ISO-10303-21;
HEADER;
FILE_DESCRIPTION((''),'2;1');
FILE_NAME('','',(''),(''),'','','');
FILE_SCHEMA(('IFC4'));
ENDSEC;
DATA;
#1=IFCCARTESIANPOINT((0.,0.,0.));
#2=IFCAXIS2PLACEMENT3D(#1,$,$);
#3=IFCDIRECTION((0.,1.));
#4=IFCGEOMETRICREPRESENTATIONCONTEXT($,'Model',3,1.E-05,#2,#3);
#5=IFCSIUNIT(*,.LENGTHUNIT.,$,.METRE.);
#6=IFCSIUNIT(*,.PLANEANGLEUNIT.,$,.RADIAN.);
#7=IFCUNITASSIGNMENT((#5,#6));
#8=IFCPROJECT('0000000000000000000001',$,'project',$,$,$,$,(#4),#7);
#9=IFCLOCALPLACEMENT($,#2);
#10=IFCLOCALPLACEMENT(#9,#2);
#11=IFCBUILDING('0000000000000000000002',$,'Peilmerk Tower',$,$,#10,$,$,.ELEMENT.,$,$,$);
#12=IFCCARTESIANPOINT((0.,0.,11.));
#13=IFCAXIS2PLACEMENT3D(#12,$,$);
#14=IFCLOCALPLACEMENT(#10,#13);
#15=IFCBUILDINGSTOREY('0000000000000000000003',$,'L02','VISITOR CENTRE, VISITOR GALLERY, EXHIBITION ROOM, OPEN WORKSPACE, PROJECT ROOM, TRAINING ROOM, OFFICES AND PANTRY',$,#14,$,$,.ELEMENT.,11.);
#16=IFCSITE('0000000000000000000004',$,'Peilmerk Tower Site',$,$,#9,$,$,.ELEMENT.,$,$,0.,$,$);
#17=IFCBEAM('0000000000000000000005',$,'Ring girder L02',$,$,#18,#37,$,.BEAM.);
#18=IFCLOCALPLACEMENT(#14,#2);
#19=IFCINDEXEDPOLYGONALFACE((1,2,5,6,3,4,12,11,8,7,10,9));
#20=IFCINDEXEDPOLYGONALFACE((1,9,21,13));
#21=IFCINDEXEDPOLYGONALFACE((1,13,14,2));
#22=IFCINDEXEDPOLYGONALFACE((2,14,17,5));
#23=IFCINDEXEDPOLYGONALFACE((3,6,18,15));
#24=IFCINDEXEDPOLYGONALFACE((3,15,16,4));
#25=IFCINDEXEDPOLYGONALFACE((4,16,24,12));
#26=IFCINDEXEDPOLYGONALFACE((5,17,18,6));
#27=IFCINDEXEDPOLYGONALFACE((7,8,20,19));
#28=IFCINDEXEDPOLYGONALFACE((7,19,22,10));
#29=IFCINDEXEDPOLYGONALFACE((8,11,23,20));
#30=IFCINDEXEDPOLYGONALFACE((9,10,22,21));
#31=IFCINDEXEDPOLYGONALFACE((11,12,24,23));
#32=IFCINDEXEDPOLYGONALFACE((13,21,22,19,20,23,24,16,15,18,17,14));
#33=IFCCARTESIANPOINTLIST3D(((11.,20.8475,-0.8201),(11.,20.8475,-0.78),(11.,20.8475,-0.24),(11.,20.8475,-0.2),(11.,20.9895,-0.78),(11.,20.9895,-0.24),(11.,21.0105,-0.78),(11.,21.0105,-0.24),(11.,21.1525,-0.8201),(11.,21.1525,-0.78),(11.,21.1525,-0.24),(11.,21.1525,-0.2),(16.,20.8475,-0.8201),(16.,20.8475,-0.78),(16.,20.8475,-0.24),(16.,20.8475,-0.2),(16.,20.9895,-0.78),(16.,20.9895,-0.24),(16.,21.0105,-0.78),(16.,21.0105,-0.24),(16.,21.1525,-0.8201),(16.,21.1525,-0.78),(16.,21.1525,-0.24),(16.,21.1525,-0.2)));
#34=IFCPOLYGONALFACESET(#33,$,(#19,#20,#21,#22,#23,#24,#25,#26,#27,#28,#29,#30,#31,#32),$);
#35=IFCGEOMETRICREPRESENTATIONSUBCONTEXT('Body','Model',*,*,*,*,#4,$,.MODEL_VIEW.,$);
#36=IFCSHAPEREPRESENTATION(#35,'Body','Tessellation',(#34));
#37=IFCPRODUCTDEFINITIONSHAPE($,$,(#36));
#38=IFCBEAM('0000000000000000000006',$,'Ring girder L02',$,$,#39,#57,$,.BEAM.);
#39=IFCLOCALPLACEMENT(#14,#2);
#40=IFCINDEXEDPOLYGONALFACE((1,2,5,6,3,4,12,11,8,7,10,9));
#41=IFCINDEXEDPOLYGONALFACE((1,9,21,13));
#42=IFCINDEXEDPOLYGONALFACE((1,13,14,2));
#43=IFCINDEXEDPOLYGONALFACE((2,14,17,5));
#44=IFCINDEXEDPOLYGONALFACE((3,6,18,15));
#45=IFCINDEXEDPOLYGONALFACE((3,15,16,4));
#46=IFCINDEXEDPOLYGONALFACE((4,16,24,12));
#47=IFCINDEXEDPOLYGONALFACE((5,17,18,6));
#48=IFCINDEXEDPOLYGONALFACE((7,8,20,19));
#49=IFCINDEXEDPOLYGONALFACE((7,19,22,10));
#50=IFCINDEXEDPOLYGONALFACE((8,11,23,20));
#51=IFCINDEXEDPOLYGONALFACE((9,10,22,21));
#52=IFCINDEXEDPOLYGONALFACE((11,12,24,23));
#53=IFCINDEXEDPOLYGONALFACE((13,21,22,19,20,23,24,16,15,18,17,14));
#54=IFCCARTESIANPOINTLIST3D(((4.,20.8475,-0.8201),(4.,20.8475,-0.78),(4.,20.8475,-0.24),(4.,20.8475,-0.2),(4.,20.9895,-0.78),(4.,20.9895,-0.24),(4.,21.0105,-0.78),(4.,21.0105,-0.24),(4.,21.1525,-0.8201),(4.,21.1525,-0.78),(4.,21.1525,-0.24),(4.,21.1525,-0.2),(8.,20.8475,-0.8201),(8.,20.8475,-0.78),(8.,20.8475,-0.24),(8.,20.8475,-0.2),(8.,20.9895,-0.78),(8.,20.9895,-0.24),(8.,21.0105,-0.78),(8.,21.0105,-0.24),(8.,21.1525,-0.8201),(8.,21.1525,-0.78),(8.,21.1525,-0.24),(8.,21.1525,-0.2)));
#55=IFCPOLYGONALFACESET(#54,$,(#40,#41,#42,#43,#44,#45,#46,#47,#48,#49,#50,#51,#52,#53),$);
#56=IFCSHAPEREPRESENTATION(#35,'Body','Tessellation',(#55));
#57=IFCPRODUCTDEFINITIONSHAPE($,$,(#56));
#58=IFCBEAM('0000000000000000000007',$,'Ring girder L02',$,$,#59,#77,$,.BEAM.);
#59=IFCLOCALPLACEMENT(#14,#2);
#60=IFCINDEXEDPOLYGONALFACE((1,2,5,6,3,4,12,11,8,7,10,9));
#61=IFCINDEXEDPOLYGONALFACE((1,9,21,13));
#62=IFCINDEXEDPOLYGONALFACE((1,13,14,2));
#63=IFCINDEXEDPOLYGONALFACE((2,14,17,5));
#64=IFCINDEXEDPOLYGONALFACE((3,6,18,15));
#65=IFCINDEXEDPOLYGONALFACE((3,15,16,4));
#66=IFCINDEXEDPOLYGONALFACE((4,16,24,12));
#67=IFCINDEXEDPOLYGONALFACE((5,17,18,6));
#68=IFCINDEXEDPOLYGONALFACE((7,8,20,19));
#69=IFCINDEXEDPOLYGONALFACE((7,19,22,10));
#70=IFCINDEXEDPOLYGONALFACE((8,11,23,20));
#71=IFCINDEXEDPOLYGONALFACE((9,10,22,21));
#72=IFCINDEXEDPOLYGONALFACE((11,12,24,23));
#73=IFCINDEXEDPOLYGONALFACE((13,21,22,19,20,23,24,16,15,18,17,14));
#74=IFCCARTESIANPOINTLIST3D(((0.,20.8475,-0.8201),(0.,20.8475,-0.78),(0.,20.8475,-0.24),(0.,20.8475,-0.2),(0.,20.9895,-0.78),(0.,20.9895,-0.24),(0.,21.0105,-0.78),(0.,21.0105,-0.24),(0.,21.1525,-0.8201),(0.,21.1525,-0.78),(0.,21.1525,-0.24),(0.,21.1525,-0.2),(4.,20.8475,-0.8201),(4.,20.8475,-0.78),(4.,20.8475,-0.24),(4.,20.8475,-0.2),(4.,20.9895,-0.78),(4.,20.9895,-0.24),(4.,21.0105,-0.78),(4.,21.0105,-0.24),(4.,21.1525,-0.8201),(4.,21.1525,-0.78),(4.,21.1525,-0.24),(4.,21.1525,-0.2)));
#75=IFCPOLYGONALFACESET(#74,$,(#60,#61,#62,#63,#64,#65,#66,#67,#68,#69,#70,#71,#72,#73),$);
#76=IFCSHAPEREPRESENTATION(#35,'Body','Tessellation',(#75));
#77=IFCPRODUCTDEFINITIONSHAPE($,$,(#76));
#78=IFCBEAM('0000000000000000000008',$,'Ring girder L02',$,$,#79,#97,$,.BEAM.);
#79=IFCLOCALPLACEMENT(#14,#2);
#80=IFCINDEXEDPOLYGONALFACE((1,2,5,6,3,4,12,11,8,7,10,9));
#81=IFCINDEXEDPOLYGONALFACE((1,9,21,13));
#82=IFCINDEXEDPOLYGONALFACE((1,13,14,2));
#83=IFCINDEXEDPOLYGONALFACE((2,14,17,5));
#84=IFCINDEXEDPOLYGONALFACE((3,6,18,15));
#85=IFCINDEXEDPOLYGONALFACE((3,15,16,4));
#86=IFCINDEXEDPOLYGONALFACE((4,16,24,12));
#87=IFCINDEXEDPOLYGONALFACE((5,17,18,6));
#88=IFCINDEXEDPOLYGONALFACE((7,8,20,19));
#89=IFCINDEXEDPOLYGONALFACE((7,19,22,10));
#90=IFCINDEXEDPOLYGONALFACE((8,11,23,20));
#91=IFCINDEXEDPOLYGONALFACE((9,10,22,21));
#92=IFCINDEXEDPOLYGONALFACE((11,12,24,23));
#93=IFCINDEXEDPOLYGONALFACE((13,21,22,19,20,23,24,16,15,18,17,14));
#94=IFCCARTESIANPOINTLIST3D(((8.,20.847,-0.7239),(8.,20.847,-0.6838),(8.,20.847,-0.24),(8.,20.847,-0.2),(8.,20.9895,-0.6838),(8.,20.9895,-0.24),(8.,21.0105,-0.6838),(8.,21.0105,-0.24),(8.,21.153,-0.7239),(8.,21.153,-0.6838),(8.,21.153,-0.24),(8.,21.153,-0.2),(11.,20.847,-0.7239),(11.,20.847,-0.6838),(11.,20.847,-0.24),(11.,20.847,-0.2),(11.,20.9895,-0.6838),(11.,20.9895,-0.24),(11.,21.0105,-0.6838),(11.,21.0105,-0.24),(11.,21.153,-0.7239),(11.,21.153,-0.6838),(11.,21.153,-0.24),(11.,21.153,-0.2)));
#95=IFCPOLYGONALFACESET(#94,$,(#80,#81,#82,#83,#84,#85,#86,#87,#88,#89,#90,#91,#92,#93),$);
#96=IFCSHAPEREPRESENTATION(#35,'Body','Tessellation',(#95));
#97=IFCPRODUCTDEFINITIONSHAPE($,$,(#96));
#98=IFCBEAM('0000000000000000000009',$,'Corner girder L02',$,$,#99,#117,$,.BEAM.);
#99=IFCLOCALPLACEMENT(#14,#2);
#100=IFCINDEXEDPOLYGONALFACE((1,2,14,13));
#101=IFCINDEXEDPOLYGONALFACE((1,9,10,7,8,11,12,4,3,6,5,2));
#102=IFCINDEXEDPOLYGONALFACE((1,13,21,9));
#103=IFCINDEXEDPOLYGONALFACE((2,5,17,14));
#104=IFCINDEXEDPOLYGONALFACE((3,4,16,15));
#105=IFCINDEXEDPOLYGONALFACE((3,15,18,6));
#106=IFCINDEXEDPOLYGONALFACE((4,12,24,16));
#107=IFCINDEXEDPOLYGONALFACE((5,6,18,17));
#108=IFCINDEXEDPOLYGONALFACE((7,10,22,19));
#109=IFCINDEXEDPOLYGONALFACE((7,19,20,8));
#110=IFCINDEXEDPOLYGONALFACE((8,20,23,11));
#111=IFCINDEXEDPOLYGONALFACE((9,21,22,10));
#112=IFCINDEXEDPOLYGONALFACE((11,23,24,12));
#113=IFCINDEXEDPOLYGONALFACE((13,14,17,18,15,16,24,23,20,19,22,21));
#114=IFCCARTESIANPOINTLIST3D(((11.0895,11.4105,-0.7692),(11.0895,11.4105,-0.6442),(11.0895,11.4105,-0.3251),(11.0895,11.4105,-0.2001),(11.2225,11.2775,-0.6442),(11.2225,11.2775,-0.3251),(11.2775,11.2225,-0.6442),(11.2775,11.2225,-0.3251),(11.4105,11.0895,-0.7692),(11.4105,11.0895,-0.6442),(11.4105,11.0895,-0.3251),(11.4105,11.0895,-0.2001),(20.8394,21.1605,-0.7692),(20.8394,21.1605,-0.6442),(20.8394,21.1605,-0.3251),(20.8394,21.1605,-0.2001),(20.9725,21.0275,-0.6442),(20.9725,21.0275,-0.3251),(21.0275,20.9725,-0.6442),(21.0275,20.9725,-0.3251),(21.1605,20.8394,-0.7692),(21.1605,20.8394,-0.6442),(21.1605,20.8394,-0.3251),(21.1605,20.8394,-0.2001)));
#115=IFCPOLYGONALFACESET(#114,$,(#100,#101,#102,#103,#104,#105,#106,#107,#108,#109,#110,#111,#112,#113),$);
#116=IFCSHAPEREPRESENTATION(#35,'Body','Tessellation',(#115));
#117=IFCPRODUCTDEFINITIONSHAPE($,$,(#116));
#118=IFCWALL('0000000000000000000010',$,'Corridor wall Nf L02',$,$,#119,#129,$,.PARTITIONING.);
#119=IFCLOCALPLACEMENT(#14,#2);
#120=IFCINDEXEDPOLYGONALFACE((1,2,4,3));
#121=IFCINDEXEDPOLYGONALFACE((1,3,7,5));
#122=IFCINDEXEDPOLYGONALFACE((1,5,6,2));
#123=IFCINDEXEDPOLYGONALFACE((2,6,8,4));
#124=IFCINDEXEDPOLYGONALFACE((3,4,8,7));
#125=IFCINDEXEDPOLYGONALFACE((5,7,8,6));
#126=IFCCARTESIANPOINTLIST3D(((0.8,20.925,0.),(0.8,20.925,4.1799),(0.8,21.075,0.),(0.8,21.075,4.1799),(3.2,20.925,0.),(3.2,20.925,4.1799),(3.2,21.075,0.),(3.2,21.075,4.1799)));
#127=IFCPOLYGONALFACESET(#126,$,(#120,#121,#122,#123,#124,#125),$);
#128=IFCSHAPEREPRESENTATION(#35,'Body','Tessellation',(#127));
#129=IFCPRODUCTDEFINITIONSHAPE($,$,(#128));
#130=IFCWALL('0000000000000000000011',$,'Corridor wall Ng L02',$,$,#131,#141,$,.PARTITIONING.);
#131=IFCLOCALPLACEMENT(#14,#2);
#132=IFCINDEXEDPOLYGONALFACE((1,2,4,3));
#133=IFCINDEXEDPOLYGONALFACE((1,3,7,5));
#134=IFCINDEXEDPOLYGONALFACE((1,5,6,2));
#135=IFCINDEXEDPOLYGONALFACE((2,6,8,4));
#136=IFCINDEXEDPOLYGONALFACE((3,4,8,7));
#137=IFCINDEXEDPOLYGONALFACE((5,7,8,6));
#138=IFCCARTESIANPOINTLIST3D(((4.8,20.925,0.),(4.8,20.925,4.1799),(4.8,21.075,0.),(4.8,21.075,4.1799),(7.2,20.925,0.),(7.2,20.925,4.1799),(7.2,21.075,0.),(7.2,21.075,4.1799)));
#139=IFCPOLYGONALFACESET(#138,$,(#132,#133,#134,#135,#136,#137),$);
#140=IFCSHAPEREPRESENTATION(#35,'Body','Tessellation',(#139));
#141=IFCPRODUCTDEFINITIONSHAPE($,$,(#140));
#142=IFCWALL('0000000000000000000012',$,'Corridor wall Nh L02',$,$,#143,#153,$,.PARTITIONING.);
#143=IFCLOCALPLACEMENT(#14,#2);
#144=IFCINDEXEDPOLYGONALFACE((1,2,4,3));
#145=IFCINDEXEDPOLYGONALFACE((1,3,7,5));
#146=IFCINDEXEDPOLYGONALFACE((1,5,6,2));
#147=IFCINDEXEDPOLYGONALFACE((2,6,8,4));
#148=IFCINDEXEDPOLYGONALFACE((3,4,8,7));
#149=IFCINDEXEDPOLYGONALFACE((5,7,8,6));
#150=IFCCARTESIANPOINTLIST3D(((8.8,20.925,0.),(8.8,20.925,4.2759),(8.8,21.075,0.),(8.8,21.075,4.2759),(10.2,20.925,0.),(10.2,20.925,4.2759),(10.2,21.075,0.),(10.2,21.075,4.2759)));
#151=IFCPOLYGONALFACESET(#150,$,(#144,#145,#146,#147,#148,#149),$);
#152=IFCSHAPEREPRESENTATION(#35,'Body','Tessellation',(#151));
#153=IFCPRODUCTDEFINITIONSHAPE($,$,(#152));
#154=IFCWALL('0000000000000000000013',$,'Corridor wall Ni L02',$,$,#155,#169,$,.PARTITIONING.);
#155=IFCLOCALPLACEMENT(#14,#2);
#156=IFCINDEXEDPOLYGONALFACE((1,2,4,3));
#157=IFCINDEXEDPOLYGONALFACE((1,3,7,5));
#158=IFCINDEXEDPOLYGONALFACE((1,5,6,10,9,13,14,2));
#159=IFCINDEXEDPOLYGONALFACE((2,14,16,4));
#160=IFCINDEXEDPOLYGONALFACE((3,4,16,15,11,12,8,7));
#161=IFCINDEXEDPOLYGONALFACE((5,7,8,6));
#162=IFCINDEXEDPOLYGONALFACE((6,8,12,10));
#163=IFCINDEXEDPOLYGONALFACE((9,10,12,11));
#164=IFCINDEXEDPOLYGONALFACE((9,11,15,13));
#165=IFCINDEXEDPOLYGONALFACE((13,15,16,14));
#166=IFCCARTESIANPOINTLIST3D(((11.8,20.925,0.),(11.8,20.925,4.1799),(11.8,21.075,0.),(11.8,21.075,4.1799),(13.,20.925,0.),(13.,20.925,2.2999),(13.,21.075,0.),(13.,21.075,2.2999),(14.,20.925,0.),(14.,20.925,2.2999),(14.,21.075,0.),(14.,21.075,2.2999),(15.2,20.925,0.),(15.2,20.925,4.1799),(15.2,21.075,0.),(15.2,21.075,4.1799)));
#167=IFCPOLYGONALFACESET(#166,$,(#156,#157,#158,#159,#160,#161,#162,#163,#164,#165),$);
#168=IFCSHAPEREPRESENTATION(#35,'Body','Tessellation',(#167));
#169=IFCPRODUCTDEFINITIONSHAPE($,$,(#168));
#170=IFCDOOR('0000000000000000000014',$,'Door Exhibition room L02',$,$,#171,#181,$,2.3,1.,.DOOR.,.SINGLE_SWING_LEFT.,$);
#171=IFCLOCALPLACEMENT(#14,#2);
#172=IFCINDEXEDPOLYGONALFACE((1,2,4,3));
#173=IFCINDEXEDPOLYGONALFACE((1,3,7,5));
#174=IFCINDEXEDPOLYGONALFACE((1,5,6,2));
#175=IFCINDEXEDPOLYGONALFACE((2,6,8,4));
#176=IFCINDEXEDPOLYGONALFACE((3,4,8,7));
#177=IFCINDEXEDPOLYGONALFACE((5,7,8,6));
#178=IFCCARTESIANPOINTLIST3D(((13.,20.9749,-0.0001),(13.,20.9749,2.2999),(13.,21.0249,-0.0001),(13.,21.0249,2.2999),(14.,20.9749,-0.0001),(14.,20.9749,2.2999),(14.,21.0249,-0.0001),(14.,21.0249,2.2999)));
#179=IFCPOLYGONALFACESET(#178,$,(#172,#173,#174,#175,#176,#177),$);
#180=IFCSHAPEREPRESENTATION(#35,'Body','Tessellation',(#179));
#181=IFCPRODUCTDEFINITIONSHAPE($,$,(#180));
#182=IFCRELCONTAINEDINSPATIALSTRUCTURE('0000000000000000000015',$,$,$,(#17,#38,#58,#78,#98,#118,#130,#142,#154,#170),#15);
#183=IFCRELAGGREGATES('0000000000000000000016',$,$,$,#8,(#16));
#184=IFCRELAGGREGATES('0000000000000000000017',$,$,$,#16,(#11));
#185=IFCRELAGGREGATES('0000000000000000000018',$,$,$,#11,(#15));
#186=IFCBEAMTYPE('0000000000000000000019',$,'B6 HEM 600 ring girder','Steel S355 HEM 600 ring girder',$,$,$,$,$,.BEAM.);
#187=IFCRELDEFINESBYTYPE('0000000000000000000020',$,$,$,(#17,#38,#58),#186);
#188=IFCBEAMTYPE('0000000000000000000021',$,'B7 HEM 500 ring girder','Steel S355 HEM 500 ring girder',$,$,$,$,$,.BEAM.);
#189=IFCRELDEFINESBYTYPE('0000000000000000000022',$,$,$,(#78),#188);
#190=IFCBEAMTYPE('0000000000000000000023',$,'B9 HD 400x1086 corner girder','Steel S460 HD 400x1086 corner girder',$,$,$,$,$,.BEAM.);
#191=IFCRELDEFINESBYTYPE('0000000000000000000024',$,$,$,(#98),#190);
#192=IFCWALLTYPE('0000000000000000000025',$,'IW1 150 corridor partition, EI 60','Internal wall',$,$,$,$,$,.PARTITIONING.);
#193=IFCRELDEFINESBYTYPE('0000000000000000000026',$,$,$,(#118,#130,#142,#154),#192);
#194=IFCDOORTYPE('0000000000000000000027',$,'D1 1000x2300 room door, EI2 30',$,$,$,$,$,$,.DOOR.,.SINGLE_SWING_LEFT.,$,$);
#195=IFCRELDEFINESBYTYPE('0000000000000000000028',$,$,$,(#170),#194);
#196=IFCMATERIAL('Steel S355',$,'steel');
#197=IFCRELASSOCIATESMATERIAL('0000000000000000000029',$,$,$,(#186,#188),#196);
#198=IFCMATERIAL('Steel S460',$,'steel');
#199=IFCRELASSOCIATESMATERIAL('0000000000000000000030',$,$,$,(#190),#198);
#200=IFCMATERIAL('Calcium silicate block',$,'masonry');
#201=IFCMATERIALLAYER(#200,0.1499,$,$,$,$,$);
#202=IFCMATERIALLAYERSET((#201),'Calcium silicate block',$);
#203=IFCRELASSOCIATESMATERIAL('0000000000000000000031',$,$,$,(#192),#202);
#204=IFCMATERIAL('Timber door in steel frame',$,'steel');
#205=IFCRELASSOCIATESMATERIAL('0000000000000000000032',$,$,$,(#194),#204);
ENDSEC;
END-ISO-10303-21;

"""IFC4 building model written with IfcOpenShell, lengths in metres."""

from ifc_helpers import new_model, si_unit, direction, frame, frame_2d, origin, origin_2d, place, context, subcontext, project, spatial, rectangle, i_section, extrude, material, layer, layer_set, material_profile, profile_set, type_object, element, fill, save


model = new_model("IFC4")

# Units and contexts
model_context = context("Model", 3, precision=1e-05, world=origin(), true_north=direction((0.0, 1.0)))
body_context = subcontext(model_context, "Body", "Model", "MODEL_VIEW")
ifc_project = project(units=[si_unit("LENGTHUNIT", "METRE"), si_unit("PLANEANGLEUNIT", "RADIAN")], contexts=[model_context])

# Site, building, storey
site_placement = place(None, origin())
site = spatial("IfcSite", under=ifc_project, at=site_placement, Name="Peilmerk Tower Site", CompositionType="ELEMENT", RefElevation=0.0)
building_placement = place(site_placement, origin())
building = spatial("IfcBuilding", under=site, at=building_placement, Name="Peilmerk Tower", CompositionType="ELEMENT")
storey_placement = place(building_placement, frame((0.0, 0.0, 11.0)))
storey = spatial("IfcBuildingStorey", under=building, at=storey_placement, Name="L02", Description="VISITOR CENTRE, VISITOR GALLERY, EXHIBITION ROOM, OPEN WORKSPACE, PROJECT ROOM, TRAINING ROOM, OFFICES AND PANTRY", CompositionType="ELEMENT", Elevation=11.0)

# Beams
ifc_material_1 = material(Name="Steel S355", Category="steel")
ifc_material_profile_1 = material_profile(ifc_material_1, i_section(OverallWidth=0.3049, OverallDepth=0.6201, WebThickness=0.021, FlangeThickness=0.04, at=origin_2d()), Name="HEM 600")
ifc_profile_set_1 = profile_set([ifc_material_profile_1], Name="Steel S355")
beam_type_1 = type_object("IfcBeamType", Name="B6 HEM 600 ring girder", Description="Steel S355 HEM 600 ring girder", PredefinedType="BEAM", material=ifc_profile_set_1)
beam_1_placement = place(storey_placement, frame((16.0, 21.0, -0.51), z_axis=(-1.0, 0.0, 0.0), x_axis=(0.0, -1.0, 0.0)))
element("IfcBeam", 1, at=beam_1_placement, inside=storey, type_object=beam_type_1, Name="Ring girder L02", PredefinedType="BEAM", context=body_context, shape_type="SweptSolid", body=[
    extrude(i_section(OverallWidth=0.3049, OverallDepth=0.6201, WebThickness=0.021, FlangeThickness=0.04, at=origin_2d()), origin(), (0.0, 0.0, 1.0), 5.0),
])
for number, where, z_axis, x_axis, name in (
    (2, (8.0, 21.0, -0.51), (-1.0, 0.0, 0.0), (0.0, -1.0, 0.0), "Ring girder L02"),
    (3, (4.0, 21.0, -0.51), (-1.0, 0.0, 0.0), (0.0, -1.0, 0.0), "Ring girder L02"),
):
    element("IfcBeam", number, at=place(storey_placement, frame(where, z_axis=z_axis, x_axis=x_axis)), inside=storey, type_object=beam_type_1, Name=name, PredefinedType="BEAM", context=body_context, shape_type="SweptSolid", body=[
        extrude(i_section(OverallWidth=0.3049, OverallDepth=0.6201, WebThickness=0.021, FlangeThickness=0.04, at=origin_2d()), origin(), (0.0, 0.0, 1.0), 4.0),
    ])
ifc_material_profile_2 = material_profile(ifc_material_1, i_section(OverallWidth=0.3059, OverallDepth=0.5239, WebThickness=0.021, FlangeThickness=0.04, at=origin_2d()), Name="HEM 500")
ifc_profile_set_2 = profile_set([ifc_material_profile_2], Name="Steel S355")
beam_type_2 = type_object("IfcBeamType", Name="B7 HEM 500 ring girder", Description="Steel S355 HEM 500 ring girder", PredefinedType="BEAM", material=ifc_profile_set_2)
beam_2_placement = place(storey_placement, frame((11.0, 21.0, -0.4619), z_axis=(-1.0, 0.0, 0.0), x_axis=(0.0, -1.0, 0.0)))
element("IfcBeam", 4, at=beam_2_placement, inside=storey, type_object=beam_type_2, Name="Ring girder L02", PredefinedType="BEAM", context=body_context, shape_type="SweptSolid", body=[
    extrude(i_section(OverallWidth=0.3059, OverallDepth=0.5239, WebThickness=0.021, FlangeThickness=0.04, at=origin_2d()), origin(), (0.0, 0.0, 1.0), 3.0),
])
ifc_material_2 = material(Name="Steel S460", Category="steel")
ifc_material_profile_3 = material_profile(ifc_material_2, i_section(OverallWidth=0.4541, OverallDepth=0.5691, WebThickness=0.0779, FlangeThickness=0.125, at=origin_2d()), Name="HD 400x1086")
ifc_profile_set_3 = profile_set([ifc_material_profile_3], Name="Steel S460")
beam_type_3 = type_object("IfcBeamType", Name="B9 HD 400x1086 corner girder", Description="Steel S460 HD 400x1086 corner girder", PredefinedType="BEAM", material=ifc_profile_set_3)
beam_3_placement = place(storey_placement, frame((11.25, 11.25, -0.4846), z_axis=(0.707107, 0.707107, 0.0), x_axis=(-0.707107, 0.707107, 0.0)))
element("IfcBeam", 5, at=beam_3_placement, inside=storey, type_object=beam_type_3, Name="Corner girder L02", PredefinedType="BEAM", context=body_context, shape_type="SweptSolid", body=[
    extrude(i_section(OverallWidth=0.4541, OverallDepth=0.5691, WebThickness=0.0779, FlangeThickness=0.125, at=origin_2d()), origin(), (0.0, 0.0, 1.0), 13.7886),
])

# Walls
ifc_material_3 = material(Name="Calcium silicate block", Category="masonry")
ifc_layer_1 = layer(ifc_material_3, 0.1499)
ifc_layer_set_1 = layer_set([ifc_layer_1], Name="Calcium silicate block")
wall_type_1 = type_object("IfcWallType", Name="IW1 150 corridor partition, EI 60", Description="Internal wall", PredefinedType="PARTITIONING", material=ifc_layer_set_1)
for number, where, z_axis, x_axis, name in (
    (6, (0.8, 21.0, 0.0), (0.0, 0.0, 1.0), (1.0, 0.0, 0.0), "Corridor wall Nf L02"),
    (7, (4.8, 21.0, 0.0), (0.0, 0.0, 1.0), (1.0, 0.0, 0.0), "Corridor wall Ng L02"),
):
    element("IfcWall", number, at=place(storey_placement, frame(where, z_axis=z_axis, x_axis=x_axis)), inside=storey, type_object=wall_type_1, Name=name, PredefinedType="PARTITIONING", context=body_context, shape_type="SweptSolid", body=[
        extrude(rectangle(XDim=2.3999, YDim=0.1499, at=frame_2d((1.2, 0.0))), origin(), (0.0, 0.0, 1.0), 4.1799),
    ])
wall_1_placement = place(storey_placement, frame((8.8, 21.0, 0.0), z_axis=(0.0, 0.0, 1.0), x_axis=(1.0, 0.0, 0.0)))
element("IfcWall", 8, at=wall_1_placement, inside=storey, type_object=wall_type_1, Name="Corridor wall Nh L02", PredefinedType="PARTITIONING", context=body_context, shape_type="SweptSolid", body=[
    extrude(rectangle(XDim=1.3999, YDim=0.1499, at=frame_2d((0.7, 0.0))), origin(), (0.0, 0.0, 1.0), 4.2759),
])

# Wall, opening, door
wall_2_placement = place(storey_placement, frame((11.8, 21.0, 0.0), z_axis=(0.0, 0.0, 1.0), x_axis=(1.0, 0.0, 0.0)))
wall_2 = element("IfcWall", 9, at=wall_2_placement, inside=storey, type_object=wall_type_1, Name="Corridor wall Ni L02", PredefinedType="PARTITIONING", context=body_context, shape_type="SweptSolid", body=[
    extrude(rectangle(XDim=3.3999, YDim=0.1499, at=frame_2d((1.7, 0.0))), origin(), (0.0, 0.0, 1.0), 4.1799),
])
opening_1_placement = place(wall_2_placement, frame((1.2, 0.0, 0.0)))
opening_1 = element("IfcOpeningElement", 10, at=opening_1_placement, cuts=wall_2, PredefinedType="OPENING", context=body_context, shape_type="SweptSolid", body=[
    extrude(rectangle(XDim=1.0, YDim=2.3, at=frame_2d((0.5, 1.1499))), frame((0.0, 0.085, 0.0), z_axis=(0.0, -1.0, 0.0), x_axis=(1.0, 0.0, 0.0)), (0.0, 0.0, 1.0), 0.1699),
])
ifc_material_4 = material(Name="Timber door in steel frame", Category="steel")
door_type = type_object("IfcDoorType", Name="D1 1000x2300 room door, EI2 30", OperationType="SINGLE_SWING_LEFT", PredefinedType="DOOR", material=ifc_material_4)
door_1_placement = place(opening_1_placement, origin())
door_1 = element("IfcDoor", 11, at=door_1_placement, inside=storey, type_object=door_type, Name="Door Exhibition room L02", OperationType="SINGLE_SWING_LEFT", OverallHeight=2.3, OverallWidth=1.0, PredefinedType="DOOR", context=body_context, shape_type="SweptSolid", body=[
    extrude(rectangle(XDim=1.0, YDim=2.3, at=frame_2d((0.5, 1.1499))), frame((0.0, 0.0249, 0.0), z_axis=(0.0, -1.0, 0.0), x_axis=(1.0, 0.0, 0.0)), (0.0, 0.0, 1.0), 0.05),
])
fill(opening_1, door_1)

save(model, "model.ifc")
